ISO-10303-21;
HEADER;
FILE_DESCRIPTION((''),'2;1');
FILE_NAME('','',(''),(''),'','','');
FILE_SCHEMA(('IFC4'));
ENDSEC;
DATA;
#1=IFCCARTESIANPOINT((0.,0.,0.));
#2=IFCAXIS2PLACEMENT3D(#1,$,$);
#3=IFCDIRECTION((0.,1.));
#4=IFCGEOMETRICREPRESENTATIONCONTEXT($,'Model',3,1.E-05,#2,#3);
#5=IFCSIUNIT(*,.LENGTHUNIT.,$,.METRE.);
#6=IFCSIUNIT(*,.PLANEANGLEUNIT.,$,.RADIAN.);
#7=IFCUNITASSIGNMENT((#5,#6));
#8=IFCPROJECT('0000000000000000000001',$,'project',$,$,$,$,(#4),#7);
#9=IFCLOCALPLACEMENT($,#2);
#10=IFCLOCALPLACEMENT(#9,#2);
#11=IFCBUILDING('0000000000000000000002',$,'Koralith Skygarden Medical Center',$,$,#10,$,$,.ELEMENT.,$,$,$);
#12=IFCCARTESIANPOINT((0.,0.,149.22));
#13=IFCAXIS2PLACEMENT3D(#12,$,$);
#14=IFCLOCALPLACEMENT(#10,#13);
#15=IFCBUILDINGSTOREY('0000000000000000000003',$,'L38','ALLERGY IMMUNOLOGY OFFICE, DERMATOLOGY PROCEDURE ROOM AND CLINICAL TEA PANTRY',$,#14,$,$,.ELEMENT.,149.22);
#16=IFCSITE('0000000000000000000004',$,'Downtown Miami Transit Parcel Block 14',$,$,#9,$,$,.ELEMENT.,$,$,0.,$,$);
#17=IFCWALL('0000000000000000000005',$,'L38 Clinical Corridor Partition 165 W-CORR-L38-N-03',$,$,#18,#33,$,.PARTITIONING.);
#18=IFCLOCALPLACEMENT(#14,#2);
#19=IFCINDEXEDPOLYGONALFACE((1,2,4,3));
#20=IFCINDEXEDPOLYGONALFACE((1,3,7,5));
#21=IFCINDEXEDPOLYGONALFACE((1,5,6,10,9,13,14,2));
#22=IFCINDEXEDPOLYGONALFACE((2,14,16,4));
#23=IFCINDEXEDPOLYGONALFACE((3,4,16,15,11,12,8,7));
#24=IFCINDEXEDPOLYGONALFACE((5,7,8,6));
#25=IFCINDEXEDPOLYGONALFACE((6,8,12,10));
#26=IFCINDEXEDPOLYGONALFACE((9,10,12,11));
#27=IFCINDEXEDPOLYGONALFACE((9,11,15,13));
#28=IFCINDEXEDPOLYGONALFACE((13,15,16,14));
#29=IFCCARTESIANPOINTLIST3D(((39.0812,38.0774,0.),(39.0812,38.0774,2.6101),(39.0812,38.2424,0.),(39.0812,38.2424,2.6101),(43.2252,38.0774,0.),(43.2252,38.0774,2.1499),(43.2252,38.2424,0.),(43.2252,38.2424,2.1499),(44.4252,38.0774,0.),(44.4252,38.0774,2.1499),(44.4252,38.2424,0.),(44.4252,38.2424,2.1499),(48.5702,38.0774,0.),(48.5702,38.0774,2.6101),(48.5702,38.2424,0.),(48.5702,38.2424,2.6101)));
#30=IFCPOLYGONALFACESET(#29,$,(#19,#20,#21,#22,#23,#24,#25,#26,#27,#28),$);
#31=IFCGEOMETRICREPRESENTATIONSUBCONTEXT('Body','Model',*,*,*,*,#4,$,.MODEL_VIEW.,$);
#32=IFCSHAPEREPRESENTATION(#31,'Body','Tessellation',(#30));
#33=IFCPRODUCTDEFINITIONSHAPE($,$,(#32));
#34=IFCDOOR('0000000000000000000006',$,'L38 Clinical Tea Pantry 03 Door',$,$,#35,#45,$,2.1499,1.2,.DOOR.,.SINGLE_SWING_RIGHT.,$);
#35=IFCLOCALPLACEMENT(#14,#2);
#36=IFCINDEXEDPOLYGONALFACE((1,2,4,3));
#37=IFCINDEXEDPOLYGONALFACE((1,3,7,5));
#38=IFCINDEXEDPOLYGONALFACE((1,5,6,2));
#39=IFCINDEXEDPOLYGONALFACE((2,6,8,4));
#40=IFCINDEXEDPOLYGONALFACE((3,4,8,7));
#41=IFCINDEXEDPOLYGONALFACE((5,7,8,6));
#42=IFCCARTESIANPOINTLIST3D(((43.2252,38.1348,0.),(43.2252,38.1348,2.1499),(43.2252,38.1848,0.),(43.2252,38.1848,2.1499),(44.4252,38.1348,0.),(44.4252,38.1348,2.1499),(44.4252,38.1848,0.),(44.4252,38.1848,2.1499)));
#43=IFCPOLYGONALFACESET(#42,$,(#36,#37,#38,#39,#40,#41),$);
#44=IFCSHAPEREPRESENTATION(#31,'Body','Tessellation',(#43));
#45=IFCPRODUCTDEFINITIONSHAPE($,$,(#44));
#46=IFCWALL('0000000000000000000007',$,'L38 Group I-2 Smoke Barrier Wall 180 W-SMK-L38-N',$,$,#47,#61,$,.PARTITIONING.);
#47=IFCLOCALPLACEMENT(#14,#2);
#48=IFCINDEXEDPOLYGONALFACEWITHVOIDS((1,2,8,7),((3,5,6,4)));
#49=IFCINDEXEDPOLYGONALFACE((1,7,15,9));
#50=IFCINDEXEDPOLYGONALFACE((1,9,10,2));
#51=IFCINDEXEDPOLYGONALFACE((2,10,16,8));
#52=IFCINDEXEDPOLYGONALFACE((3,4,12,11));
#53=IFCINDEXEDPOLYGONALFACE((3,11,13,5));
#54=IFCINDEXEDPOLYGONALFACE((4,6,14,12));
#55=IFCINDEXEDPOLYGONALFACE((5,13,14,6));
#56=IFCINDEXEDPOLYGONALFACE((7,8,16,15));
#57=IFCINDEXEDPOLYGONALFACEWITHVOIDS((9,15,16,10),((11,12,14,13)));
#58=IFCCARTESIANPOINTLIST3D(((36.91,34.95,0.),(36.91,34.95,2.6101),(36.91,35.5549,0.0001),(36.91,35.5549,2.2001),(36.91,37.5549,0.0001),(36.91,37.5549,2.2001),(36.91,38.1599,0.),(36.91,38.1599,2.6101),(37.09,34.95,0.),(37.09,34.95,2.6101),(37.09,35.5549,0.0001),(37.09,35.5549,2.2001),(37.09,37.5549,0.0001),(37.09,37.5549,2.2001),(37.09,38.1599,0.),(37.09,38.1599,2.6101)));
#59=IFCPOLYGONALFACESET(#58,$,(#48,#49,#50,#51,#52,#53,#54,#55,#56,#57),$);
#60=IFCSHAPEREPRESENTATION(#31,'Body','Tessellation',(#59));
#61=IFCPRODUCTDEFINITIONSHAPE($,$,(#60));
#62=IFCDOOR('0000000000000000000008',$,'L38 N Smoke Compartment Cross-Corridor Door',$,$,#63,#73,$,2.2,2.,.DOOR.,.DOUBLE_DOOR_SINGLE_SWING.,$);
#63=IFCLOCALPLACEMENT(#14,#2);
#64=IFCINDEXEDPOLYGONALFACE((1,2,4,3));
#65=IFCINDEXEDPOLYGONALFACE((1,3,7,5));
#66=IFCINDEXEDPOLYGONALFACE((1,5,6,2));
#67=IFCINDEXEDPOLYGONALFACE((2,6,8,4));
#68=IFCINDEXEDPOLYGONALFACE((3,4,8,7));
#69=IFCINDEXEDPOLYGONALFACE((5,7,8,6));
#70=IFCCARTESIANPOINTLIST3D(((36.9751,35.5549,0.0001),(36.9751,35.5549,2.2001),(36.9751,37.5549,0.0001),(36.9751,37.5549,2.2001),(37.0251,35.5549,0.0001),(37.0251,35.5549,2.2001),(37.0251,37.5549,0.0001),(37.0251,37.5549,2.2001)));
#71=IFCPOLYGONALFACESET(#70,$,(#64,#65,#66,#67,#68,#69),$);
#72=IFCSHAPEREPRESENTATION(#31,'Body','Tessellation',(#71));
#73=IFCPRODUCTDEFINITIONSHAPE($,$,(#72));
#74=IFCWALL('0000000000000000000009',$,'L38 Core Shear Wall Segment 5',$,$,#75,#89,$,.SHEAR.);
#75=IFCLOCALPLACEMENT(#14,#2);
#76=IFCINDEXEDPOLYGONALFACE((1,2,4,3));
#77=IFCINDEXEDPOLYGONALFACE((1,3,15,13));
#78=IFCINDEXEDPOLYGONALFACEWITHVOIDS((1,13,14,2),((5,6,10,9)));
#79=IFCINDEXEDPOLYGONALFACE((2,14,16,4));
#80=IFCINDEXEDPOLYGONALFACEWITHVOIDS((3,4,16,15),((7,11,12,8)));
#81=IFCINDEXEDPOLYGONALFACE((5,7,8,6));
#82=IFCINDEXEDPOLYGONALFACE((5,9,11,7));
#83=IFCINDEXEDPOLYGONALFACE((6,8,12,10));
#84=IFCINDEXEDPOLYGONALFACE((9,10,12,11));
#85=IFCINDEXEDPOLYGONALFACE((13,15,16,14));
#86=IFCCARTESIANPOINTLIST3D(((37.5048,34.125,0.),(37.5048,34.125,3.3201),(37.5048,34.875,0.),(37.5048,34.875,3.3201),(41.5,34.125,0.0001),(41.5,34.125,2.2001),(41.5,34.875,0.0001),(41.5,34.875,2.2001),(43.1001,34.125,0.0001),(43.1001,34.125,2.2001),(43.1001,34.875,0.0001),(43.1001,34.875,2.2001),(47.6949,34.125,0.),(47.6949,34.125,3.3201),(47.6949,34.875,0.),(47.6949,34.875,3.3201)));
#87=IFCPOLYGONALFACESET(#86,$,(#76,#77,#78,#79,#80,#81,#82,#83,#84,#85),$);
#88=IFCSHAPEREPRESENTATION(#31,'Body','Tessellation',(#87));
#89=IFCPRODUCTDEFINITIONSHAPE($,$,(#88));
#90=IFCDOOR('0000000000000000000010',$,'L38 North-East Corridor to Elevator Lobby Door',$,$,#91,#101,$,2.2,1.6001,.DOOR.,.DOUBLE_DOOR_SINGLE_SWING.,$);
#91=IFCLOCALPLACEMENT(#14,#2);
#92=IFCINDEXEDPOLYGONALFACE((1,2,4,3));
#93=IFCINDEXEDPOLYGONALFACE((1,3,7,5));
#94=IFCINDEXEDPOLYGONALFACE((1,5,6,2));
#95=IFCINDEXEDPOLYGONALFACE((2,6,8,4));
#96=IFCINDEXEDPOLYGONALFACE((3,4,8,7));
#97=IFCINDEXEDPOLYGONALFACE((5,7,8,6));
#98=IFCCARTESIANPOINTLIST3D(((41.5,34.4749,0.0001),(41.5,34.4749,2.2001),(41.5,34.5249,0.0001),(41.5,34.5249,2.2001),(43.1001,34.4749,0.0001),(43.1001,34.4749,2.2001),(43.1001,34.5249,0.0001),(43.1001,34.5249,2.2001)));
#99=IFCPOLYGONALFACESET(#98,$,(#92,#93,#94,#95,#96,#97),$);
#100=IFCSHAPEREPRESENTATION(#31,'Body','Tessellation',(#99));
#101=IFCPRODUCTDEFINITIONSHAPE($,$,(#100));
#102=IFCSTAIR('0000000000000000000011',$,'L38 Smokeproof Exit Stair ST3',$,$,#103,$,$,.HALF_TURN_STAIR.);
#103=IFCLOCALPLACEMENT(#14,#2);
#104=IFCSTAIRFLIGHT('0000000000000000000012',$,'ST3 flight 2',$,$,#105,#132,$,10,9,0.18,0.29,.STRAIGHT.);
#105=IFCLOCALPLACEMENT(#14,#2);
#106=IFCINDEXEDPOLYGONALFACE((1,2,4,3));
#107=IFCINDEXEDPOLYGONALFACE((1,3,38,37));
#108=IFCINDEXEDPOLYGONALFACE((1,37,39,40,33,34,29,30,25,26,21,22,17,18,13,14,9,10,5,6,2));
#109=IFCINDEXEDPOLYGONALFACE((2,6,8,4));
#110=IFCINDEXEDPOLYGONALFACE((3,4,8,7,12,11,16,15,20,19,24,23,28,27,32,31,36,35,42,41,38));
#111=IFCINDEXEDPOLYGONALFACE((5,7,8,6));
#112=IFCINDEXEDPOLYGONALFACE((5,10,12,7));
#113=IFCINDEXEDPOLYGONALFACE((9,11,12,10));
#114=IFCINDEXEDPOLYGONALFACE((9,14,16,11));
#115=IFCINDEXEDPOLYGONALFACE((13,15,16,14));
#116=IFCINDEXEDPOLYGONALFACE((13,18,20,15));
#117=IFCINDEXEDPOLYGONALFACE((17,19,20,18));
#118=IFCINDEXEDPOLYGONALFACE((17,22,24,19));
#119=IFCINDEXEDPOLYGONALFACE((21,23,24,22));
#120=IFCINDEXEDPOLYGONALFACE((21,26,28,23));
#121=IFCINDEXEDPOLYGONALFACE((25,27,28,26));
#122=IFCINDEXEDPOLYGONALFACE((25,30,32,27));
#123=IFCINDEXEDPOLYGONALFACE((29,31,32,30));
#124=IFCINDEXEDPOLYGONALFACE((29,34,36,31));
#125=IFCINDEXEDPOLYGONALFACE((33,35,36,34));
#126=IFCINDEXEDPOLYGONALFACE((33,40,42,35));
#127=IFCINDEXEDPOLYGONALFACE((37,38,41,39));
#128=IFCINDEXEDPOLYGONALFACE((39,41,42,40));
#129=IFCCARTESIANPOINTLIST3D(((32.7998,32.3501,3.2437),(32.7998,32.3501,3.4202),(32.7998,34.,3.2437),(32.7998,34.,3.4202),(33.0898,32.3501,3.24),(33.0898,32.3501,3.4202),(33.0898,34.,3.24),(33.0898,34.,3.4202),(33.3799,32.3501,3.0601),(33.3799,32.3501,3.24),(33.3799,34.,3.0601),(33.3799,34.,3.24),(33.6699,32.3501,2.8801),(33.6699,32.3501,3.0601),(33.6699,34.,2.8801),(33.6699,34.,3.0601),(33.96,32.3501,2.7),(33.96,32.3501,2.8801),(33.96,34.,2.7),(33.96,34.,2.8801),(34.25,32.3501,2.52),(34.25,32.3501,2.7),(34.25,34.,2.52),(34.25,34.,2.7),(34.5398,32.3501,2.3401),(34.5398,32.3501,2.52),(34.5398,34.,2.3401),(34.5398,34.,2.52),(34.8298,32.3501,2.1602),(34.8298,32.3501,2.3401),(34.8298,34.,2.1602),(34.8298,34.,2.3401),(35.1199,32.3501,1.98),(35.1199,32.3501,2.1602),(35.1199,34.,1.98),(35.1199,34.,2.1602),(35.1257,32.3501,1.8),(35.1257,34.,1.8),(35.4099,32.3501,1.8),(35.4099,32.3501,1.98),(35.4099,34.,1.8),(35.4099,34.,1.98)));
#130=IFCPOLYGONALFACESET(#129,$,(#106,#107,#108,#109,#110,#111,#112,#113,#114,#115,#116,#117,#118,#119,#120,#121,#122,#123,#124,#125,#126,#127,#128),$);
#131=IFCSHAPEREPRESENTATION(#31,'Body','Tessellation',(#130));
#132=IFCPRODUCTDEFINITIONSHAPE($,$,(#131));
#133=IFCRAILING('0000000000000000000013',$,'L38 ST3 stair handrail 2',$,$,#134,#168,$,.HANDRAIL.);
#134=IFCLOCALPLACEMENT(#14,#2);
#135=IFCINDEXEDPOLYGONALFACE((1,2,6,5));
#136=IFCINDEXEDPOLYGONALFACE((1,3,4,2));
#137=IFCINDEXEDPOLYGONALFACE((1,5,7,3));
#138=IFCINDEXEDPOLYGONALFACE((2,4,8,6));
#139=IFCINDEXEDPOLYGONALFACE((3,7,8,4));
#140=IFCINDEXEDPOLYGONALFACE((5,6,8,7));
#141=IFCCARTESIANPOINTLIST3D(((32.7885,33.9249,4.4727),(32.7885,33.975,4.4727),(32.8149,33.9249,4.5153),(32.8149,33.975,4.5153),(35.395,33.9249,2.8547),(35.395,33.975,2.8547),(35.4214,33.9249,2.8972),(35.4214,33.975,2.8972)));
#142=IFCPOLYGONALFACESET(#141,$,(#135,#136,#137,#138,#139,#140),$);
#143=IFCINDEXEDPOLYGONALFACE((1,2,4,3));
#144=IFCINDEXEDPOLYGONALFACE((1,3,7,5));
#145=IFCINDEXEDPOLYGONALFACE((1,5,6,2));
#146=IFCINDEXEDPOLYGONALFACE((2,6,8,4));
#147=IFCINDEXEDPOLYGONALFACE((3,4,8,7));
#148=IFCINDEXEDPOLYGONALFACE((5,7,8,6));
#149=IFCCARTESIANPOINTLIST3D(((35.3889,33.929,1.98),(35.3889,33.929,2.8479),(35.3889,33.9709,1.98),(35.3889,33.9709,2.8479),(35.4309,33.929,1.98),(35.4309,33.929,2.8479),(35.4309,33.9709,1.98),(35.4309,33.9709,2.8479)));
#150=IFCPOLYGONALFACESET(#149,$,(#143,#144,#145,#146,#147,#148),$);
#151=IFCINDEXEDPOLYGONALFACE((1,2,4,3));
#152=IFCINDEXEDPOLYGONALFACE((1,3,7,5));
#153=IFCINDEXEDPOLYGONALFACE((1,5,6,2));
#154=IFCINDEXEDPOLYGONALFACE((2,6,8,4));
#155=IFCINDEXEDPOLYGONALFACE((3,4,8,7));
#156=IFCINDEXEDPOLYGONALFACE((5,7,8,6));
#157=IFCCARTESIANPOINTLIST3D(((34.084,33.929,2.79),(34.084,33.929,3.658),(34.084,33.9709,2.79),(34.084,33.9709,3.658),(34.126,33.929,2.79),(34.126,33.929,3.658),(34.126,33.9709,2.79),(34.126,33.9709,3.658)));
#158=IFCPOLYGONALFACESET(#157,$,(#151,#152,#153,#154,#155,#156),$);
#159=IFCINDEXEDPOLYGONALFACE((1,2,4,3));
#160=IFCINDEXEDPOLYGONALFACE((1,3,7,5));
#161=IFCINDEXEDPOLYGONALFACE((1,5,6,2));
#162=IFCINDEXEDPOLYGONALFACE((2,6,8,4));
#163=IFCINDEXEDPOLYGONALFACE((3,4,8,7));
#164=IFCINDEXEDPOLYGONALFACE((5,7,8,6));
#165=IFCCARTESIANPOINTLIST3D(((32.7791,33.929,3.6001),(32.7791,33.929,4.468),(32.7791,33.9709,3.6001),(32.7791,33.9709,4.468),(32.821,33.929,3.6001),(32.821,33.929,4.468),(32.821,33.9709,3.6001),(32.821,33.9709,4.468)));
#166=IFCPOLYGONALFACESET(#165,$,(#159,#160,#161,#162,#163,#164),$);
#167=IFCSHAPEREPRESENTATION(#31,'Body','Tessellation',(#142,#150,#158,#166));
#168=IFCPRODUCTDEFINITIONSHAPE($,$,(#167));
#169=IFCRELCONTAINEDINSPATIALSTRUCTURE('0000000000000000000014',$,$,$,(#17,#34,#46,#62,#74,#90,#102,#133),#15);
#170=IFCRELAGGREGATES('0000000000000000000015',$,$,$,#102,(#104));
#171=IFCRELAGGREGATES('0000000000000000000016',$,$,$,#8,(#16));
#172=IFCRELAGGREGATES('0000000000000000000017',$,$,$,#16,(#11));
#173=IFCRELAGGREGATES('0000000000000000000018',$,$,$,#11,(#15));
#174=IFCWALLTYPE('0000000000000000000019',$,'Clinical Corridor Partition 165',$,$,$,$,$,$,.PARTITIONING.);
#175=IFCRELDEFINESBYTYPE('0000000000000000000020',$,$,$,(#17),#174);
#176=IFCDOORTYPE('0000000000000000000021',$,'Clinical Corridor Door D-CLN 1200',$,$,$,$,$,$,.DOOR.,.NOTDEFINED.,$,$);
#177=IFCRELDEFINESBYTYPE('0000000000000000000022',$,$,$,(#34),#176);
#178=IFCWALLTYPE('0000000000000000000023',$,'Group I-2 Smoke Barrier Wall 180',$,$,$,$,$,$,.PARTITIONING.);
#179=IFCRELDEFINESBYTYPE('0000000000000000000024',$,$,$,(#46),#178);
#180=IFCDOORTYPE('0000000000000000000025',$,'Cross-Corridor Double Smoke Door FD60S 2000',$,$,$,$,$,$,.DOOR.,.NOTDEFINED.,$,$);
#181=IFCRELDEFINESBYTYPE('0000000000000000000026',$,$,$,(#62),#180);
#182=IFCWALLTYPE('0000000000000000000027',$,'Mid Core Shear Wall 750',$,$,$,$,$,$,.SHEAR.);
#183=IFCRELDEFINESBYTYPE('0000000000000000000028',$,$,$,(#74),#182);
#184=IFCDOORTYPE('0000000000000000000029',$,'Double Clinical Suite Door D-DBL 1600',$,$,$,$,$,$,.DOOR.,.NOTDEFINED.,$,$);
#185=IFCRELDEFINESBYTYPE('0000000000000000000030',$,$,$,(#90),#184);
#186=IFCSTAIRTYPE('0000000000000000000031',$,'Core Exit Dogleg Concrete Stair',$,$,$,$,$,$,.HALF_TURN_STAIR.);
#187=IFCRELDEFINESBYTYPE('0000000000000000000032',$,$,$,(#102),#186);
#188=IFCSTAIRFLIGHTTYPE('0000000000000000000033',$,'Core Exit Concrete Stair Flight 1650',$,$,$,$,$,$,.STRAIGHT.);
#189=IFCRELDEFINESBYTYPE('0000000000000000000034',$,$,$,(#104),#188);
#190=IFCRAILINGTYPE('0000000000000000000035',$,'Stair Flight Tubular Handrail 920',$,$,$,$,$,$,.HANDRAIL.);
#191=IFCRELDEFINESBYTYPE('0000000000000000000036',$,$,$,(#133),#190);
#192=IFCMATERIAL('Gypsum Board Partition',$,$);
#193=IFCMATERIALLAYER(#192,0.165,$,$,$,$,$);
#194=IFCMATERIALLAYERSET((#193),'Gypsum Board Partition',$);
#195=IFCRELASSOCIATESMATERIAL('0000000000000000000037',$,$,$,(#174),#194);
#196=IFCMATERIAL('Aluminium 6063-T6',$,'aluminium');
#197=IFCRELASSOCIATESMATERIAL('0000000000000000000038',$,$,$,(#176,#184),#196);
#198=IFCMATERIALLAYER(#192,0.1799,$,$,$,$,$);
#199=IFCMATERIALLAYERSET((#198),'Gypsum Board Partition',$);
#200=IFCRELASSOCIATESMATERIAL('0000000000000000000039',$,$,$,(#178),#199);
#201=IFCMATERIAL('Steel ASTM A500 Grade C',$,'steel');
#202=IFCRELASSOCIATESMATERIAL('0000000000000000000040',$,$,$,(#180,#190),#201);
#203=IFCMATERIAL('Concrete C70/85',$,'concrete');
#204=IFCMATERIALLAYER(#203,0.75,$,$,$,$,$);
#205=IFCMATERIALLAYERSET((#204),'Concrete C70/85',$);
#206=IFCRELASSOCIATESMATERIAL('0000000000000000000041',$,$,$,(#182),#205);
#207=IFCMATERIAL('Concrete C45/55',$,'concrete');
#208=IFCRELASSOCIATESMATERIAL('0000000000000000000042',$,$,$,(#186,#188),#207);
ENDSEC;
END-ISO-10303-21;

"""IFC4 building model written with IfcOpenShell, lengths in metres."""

from ifc_helpers import new_model, si_unit, direction, frame, frame_2d, origin, origin_2d, place, context, subcontext, project, spatial, polyline, rectangle, outline, extrude, material, layer, layer_set, type_object, element, fill, aggregate, save


model = new_model("IFC4")

# Units and contexts
model_context = context("Model", 3, precision=1e-05, world=origin(), true_north=direction((0.0, 1.0)))
body_context = subcontext(model_context, "Body", "Model", "MODEL_VIEW")
ifc_project = project(units=[si_unit("LENGTHUNIT", "METRE"), si_unit("PLANEANGLEUNIT", "RADIAN")], contexts=[model_context])

# Site, building, storey
site_placement = place(None, origin())
site = spatial("IfcSite", under=ifc_project, at=site_placement, Name="Downtown Miami Transit Parcel Block 14", CompositionType="ELEMENT", RefElevation=0.0)
building_placement = place(site_placement, origin())
building = spatial("IfcBuilding", under=site, at=building_placement, Name="Koralith Skygarden Medical Center", CompositionType="ELEMENT")
storey_placement = place(building_placement, frame((0.0, 0.0, 149.22)))
storey = spatial("IfcBuildingStorey", under=building, at=storey_placement, Name="L38", Description="ALLERGY IMMUNOLOGY OFFICE, DERMATOLOGY PROCEDURE ROOM AND CLINICAL TEA PANTRY", CompositionType="ELEMENT", Elevation=149.22)

# Shared definitions
ifc_material_1 = material(Name="Concrete C70/85", Category="concrete")

# Shared definitions
ifc_material_2 = material(Name="Aluminium 6063-T6", Category="aluminium")

# Shared definitions
ifc_material_3 = material(Name="Concrete C45/55", Category="concrete")

# Shared definitions
ifc_material_4 = material(Name="Gypsum Board Partition")

# Walls, openings, doors
ifc_layer_1 = layer(ifc_material_4, 0.165)
ifc_layer_set_1 = layer_set([ifc_layer_1], Name="Gypsum Board Partition")
wall_type_1 = type_object("IfcWallType", Name="Clinical Corridor Partition 165", PredefinedType="PARTITIONING", material=ifc_layer_set_1)
wall_1_placement = place(storey_placement, frame((39.0811, 38.1599, 0.0), z_axis=(0.0, 0.0, 1.0), x_axis=(1.0, 0.0, 0.0)))
wall_1 = element("IfcWall", 1, at=wall_1_placement, inside=storey, type_object=wall_type_1, Name="L38 Clinical Corridor Partition 165 W-CORR-L38-N-03", PredefinedType="PARTITIONING", context=body_context, shape_type="SweptSolid", body=[
    extrude(rectangle(XDim=9.489, YDim=0.165, at=frame_2d((4.7446, 0.0))), origin(), (0.0, 0.0, 1.0), 2.6101),
])
opening_1_placement = place(wall_1_placement, frame((4.144, 0.0, 0.0)))
opening_1 = element("IfcOpeningElement", 2, at=opening_1_placement, cuts=wall_1, PredefinedType="OPENING", context=body_context, shape_type="SweptSolid", body=[
    extrude(rectangle(XDim=1.2, YDim=2.1499, at=frame_2d((0.6001, 1.075))), frame((0.0, 0.0925, 0.0), z_axis=(0.0, -1.0, 0.0), x_axis=(1.0, 0.0, 0.0)), (0.0, 0.0, 1.0), 0.1851),
])
door_type_1 = type_object("IfcDoorType", Name="Clinical Corridor Door D-CLN 1200", OperationType="NOTDEFINED", PredefinedType="DOOR", material=ifc_material_2)
door_1_placement = place(opening_1_placement, origin())
door_1 = element("IfcDoor", 3, at=door_1_placement, inside=storey, type_object=door_type_1, Name="L38 Clinical Tea Pantry 03 Door", OperationType="SINGLE_SWING_RIGHT", OverallHeight=2.1499, OverallWidth=1.2, PredefinedType="DOOR", context=body_context, shape_type="SweptSolid", body=[
    extrude(rectangle(XDim=1.2, YDim=2.1499, at=frame_2d((0.6001, 1.075))), frame((0.0, 0.0249, 0.0), z_axis=(0.0, -1.0, 0.0), x_axis=(1.0, 0.0, 0.0)), (0.0, 0.0, 1.0), 0.05),
])
fill(opening_1, door_1)
ifc_layer_2 = layer(ifc_material_4, 0.1799)
ifc_layer_set_2 = layer_set([ifc_layer_2], Name="Gypsum Board Partition")
wall_type_2 = type_object("IfcWallType", Name="Group I-2 Smoke Barrier Wall 180", PredefinedType="PARTITIONING", material=ifc_layer_set_2)
wall_2_placement = place(storey_placement, frame((37.0, 34.95, 0.0), z_axis=(0.0, 0.0, 1.0), x_axis=(0.0, 1.0, 0.0)))
wall_2 = element("IfcWall", 4, at=wall_2_placement, inside=storey, type_object=wall_type_2, Name="L38 Group I-2 Smoke Barrier Wall 180 W-SMK-L38-N", PredefinedType="PARTITIONING", context=body_context, shape_type="SweptSolid", body=[
    extrude(rectangle(XDim=3.21, YDim=0.1799, at=frame_2d((1.605, 0.0))), origin(), (0.0, 0.0, 1.0), 2.6101),
])
opening_2_placement = place(wall_2_placement, frame((0.605, 0.0, 0.0)))
opening_2 = element("IfcOpeningElement", 5, at=opening_2_placement, cuts=wall_2, PredefinedType="OPENING", context=body_context, shape_type="SweptSolid", body=[
    extrude(rectangle(XDim=2.0, YDim=2.2, at=frame_2d((1.0, 1.1001))), frame((0.0, 0.0999, 0.0), z_axis=(0.0, -1.0, 0.0), x_axis=(1.0, 0.0, 0.0)), (0.0, 0.0, 1.0), 0.2),
])
ifc_material_5 = material(Name="Steel ASTM A500 Grade C", Category="steel")
door_type_2 = type_object("IfcDoorType", Name="Cross-Corridor Double Smoke Door FD60S 2000", OperationType="NOTDEFINED", PredefinedType="DOOR", material=ifc_material_5)
door_2_placement = place(opening_2_placement, origin())
door_2 = element("IfcDoor", 6, at=door_2_placement, inside=storey, type_object=door_type_2, Name="L38 N Smoke Compartment Cross-Corridor Door", OperationType="DOUBLE_DOOR_SINGLE_SWING", OverallHeight=2.2, OverallWidth=2.0, PredefinedType="DOOR", context=body_context, shape_type="SweptSolid", body=[
    extrude(rectangle(XDim=2.0, YDim=2.2, at=frame_2d((1.0, 1.1001))), frame((0.0, 0.0249, 0.0), z_axis=(0.0, -1.0, 0.0), x_axis=(1.0, 0.0, 0.0)), (0.0, 0.0, 1.0), 0.05),
])
fill(opening_2, door_2)
ifc_layer_3 = layer(ifc_material_1, 0.75)
ifc_layer_set_3 = layer_set([ifc_layer_3], Name="Concrete C70/85")
wall_type_3 = type_object("IfcWallType", Name="Mid Core Shear Wall 750", PredefinedType="SHEAR", material=ifc_layer_set_3)
wall_3_placement = place(storey_placement, frame((47.6951, 34.5, 0.0), z_axis=(0.0, 0.0, 1.0), x_axis=(-1.0, 0.0, 0.0)))
wall_3 = element("IfcWall", 7, at=wall_3_placement, inside=storey, type_object=wall_type_3, Name="L38 Core Shear Wall Segment 5", PredefinedType="SHEAR", context=body_context, shape_type="SweptSolid", body=[
    extrude(rectangle(XDim=10.1902, YDim=0.75, at=frame_2d((5.0952, 0.0))), origin(), (0.0, 0.0, 1.0), 3.3201),
])
opening_3_placement = place(wall_3_placement, frame((4.595, 0.0, 0.0)))
opening_3 = element("IfcOpeningElement", 8, at=opening_3_placement, cuts=wall_3, PredefinedType="OPENING", context=body_context, shape_type="SweptSolid", body=[
    extrude(rectangle(XDim=1.6001, YDim=2.2, at=frame_2d((0.8, 1.1001))), frame((0.0, 0.385, 0.0), z_axis=(0.0, -1.0, 0.0), x_axis=(1.0, 0.0, 0.0)), (0.0, 0.0, 1.0), 0.77),
])
door_type_3 = type_object("IfcDoorType", Name="Double Clinical Suite Door D-DBL 1600", OperationType="NOTDEFINED", PredefinedType="DOOR", material=ifc_material_2)
door_3_placement = place(opening_3_placement, frame((1.6001, 0.0, 0.0), z_axis=(0.0, 0.0, 1.0), x_axis=(-1.0, 0.0, 0.0)))
door_3 = element("IfcDoor", 9, at=door_3_placement, inside=storey, type_object=door_type_3, Name="L38 North-East Corridor to Elevator Lobby Door", OperationType="DOUBLE_DOOR_SINGLE_SWING", OverallHeight=2.2, OverallWidth=1.6001, PredefinedType="DOOR", context=body_context, shape_type="SweptSolid", body=[
    extrude(rectangle(XDim=1.6001, YDim=2.2, at=frame_2d((0.8, 1.1001))), frame((0.0, 0.0249, 0.0), z_axis=(0.0, -1.0, 0.0), x_axis=(1.0, 0.0, 0.0)), (0.0, 0.0, 1.0), 0.05),
])
fill(opening_3, door_3)

# Stair, stair flight
stair_type = type_object("IfcStairType", Name="Core Exit Dogleg Concrete Stair", PredefinedType="HALF_TURN_STAIR", material=ifc_material_3)
stair_placement = place(storey_placement, origin())
stair = element("IfcStair", 10, at=stair_placement, inside=storey, type_object=stair_type, Name="L38 Smokeproof Exit Stair ST3", PredefinedType="HALF_TURN_STAIR")
stair_flight_type = type_object("IfcStairFlightType", Name="Core Exit Concrete Stair Flight 1650", PredefinedType="STRAIGHT", material=ifc_material_3)
stair_flight_placement = place(storey_placement, frame((35.4099, 33.175, 1.8), z_axis=(0.0, 0.0, 1.0), x_axis=(-1.0, 0.0, 0.0)))
stair_flight = element("IfcStairFlight", 11, at=stair_flight_placement, type_object=stair_flight_type, Name="ST3 flight 2", NumberOfRisers=10, NumberOfTreads=9, PredefinedType="STRAIGHT", RiserHeight=0.18, TreadLength=0.29, context=body_context, shape_type="SweptSolid", body=[
    extrude(outline(polyline([(0.0, 0.0), (0.0, 0.1799), (0.29, 0.1799), (0.29, 0.3601), (0.5801, 0.3601), (0.5801, 0.54), (0.8701, 0.54), (0.8701, 0.72), (1.1599, 0.72), (1.1599, 0.8999), (1.45, 0.8999), (1.45, 1.0801), (1.74, 1.0801), (1.74, 1.26), (2.03, 1.26), (2.03, 1.4399), (2.3201, 1.4399), (2.3201, 1.6201), (2.6101, 1.6201), (2.6101, 1.8), (2.6101, 1.4436), (0.2842, 0.0), (0.0, 0.0)])), frame((0.0, 0.825, 0.0), z_axis=(0.0, -1.0, 0.0), x_axis=(1.0, 0.0, 0.0)), (0.0, 0.0, 1.0), 1.6499),
])
aggregate(stair, [stair_flight])

# Railing
railing_type_1 = type_object("IfcRailingType", Name="Stair Flight Tubular Handrail 920", PredefinedType="HANDRAIL", material=ifc_material_5)
railing_1_placement = place(storey_placement, frame((35.4099, 33.95, 1.98)))
element("IfcRailing", 12, at=railing_1_placement, inside=storey, type_object=railing_type_1, Name="L38 ST3 stair handrail 2", PredefinedType="HANDRAIL", context=body_context, shape_type="SweptSolid", body=[
    extrude(rectangle(XDim=0.05, YDim=0.05, at=origin_2d()), frame((-0.0017, 0.0, 0.896), z_axis=(-0.849611, 0.0, 0.52741), x_axis=(0.0, -1.0, 0.0)), (0.0, 0.0, 1.0), 3.0679),
    extrude(rectangle(XDim=0.042, YDim=0.042, at=origin_2d()), origin(), (0.0, 0.0, 1.0), 0.8679),
    extrude(rectangle(XDim=0.042, YDim=0.042, at=origin_2d()), frame((-1.3049, 0.0, 0.8101)), (0.0, 0.0, 1.0), 0.8679),
    extrude(rectangle(XDim=0.042, YDim=0.042, at=origin_2d()), frame((-2.6099, 0.0, 1.6201)), (0.0, 0.0, 1.0), 0.8679),
])

save(model, "model.ifc")
